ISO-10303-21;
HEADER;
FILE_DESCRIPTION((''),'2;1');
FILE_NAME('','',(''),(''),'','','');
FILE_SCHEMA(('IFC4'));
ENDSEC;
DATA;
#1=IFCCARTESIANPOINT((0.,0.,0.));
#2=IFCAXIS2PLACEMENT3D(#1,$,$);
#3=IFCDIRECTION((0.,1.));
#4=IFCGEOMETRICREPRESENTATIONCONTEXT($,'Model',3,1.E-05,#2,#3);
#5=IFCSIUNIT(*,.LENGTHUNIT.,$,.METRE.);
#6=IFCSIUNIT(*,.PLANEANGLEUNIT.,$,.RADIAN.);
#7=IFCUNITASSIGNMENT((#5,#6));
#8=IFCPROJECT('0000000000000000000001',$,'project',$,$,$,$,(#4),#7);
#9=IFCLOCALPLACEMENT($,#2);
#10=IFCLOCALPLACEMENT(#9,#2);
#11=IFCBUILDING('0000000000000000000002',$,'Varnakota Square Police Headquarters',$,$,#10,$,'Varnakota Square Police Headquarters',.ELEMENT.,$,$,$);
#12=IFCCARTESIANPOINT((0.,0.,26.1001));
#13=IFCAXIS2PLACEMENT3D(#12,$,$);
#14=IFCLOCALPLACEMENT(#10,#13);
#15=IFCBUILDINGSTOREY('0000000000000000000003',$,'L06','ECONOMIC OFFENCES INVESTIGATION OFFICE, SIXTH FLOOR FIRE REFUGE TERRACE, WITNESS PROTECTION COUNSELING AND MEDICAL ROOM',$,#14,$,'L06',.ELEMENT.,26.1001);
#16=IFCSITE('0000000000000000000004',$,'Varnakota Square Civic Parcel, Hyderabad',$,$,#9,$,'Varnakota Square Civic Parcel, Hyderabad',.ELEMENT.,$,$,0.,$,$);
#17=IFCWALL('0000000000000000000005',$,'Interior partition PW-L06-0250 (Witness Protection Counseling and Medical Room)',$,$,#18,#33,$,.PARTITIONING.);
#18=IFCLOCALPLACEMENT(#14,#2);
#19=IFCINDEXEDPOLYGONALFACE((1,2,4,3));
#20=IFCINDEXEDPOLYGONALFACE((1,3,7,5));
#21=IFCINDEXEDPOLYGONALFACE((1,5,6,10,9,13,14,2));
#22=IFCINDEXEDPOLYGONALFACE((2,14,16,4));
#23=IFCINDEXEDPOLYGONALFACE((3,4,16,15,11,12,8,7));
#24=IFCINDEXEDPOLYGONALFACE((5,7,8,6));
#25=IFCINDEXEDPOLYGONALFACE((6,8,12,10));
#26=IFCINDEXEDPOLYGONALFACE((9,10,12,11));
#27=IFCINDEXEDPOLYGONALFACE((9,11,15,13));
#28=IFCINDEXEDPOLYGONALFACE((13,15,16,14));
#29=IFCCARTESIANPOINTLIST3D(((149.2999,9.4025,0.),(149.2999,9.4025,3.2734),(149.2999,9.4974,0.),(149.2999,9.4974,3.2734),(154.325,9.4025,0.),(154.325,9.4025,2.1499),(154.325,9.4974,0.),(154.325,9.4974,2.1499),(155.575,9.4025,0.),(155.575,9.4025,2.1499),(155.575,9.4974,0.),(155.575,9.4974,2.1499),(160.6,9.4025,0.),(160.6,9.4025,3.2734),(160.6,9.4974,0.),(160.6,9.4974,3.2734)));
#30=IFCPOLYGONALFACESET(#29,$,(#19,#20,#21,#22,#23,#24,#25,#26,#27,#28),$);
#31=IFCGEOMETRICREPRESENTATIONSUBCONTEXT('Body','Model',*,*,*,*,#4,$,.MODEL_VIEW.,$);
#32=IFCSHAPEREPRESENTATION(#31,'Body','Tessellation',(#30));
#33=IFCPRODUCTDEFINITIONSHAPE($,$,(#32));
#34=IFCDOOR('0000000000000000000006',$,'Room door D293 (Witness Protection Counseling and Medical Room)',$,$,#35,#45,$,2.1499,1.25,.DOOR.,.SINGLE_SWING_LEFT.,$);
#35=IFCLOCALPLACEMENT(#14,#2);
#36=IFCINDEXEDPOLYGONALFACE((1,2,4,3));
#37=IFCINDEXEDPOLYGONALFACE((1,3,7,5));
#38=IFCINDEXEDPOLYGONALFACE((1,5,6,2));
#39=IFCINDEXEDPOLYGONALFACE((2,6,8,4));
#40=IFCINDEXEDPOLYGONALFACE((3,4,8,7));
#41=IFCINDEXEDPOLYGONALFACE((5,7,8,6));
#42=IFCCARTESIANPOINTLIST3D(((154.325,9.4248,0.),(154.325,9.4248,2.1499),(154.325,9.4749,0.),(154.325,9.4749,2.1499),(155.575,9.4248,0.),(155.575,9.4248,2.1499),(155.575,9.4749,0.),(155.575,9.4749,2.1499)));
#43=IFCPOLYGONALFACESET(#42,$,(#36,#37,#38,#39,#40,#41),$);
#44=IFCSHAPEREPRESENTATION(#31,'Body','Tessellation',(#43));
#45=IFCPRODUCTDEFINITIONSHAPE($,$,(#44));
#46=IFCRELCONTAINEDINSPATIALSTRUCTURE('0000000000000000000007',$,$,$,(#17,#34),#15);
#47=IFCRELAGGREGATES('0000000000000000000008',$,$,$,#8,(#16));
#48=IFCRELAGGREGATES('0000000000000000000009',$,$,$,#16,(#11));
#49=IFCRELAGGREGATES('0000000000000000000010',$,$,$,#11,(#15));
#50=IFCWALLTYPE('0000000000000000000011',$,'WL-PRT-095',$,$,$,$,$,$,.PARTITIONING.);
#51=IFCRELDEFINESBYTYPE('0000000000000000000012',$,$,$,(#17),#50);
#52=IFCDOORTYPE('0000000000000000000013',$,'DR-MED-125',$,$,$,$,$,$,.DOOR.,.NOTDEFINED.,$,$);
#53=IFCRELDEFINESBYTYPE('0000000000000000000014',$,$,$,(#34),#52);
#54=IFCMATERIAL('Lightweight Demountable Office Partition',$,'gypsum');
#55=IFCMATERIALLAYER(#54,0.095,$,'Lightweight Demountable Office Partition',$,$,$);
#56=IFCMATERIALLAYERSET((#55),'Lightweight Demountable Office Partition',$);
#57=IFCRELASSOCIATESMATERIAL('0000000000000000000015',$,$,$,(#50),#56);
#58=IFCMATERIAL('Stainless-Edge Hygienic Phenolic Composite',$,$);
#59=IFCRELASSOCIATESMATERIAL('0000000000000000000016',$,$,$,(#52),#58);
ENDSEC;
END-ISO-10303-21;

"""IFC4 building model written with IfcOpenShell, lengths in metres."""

from ifc_helpers import new_model, si_unit, direction, frame, frame_2d, origin, place, context, subcontext, project, spatial, rectangle, extrude, material, layer, layer_set, type_object, element, fill, save


model = new_model("IFC4")

# Units and contexts
model_context = context("Model", 3, precision=1e-05, world=origin(), true_north=direction((0.0, 1.0)))
body_context = subcontext(model_context, "Body", "Model", "MODEL_VIEW")
ifc_project = project(units=[si_unit("LENGTHUNIT", "METRE"), si_unit("PLANEANGLEUNIT", "RADIAN")], contexts=[model_context])

# Site, building, storey
site_placement = place(None, origin())
site = spatial("IfcSite", under=ifc_project, at=site_placement, Name="Varnakota Square Civic Parcel, Hyderabad", LongName="Varnakota Square Civic Parcel, Hyderabad", CompositionType="ELEMENT", RefElevation=0.0)
building_placement = place(site_placement, origin())
building = spatial("IfcBuilding", under=site, at=building_placement, Name="Varnakota Square Police Headquarters", LongName="Varnakota Square Police Headquarters", CompositionType="ELEMENT")
storey_placement = place(building_placement, frame((0.0, 0.0, 26.1001)))
storey = spatial("IfcBuildingStorey", under=building, at=storey_placement, Name="L06", Description="ECONOMIC OFFENCES INVESTIGATION OFFICE, SIXTH FLOOR FIRE REFUGE TERRACE, WITNESS PROTECTION COUNSELING AND MEDICAL ROOM", LongName="L06", CompositionType="ELEMENT", Elevation=26.1001)

# Wall, opening, door
ifc_material_1 = material(Name="Lightweight Demountable Office Partition", Category="gypsum")
ifc_layer_1 = layer(ifc_material_1, 0.095, Name="Lightweight Demountable Office Partition")
ifc_layer_set_1 = layer_set([ifc_layer_1], Name="Lightweight Demountable Office Partition")
wall_type = type_object("IfcWallType", Name="WL-PRT-095", PredefinedType="PARTITIONING", material=ifc_layer_set_1)
wall_placement = place(storey_placement, frame((149.3, 9.45, 0.0), z_axis=(0.0, 0.0, 1.0), x_axis=(1.0, 0.0, 0.0)))
wall = element("IfcWall", 1, at=wall_placement, inside=storey, type_object=wall_type, Name="Interior partition PW-L06-0250 (Witness Protection Counseling and Medical Room)", PredefinedType="PARTITIONING", context=body_context, shape_type="SweptSolid", body=[
    extrude(rectangle(XDim=11.3, YDim=0.095, at=frame_2d((5.6499, 0.0))), origin(), (0.0, 0.0, 1.0), 3.2734),
])
opening_placement = place(wall_placement, frame((5.0249, 0.0, 0.0)))
opening = element("IfcOpeningElement", 2, at=opening_placement, cuts=wall, PredefinedType="OPENING", context=body_context, shape_type="SweptSolid", body=[
    extrude(rectangle(XDim=1.25, YDim=2.1499, at=frame_2d((0.625, 1.075))), frame((0.0, 0.0574, 0.0), z_axis=(0.0, -1.0, 0.0), x_axis=(1.0, 0.0, 0.0)), (0.0, 0.0, 1.0), 0.115),
])
ifc_material_2 = material(Name="Stainless-Edge Hygienic Phenolic Composite")
door_type = type_object("IfcDoorType", Name="DR-MED-125", OperationType="NOTDEFINED", PredefinedType="DOOR", material=ifc_material_2)
door_placement = place(opening_placement, origin())
door = element("IfcDoor", 3, at=door_placement, inside=storey, type_object=door_type, Name="Room door D293 (Witness Protection Counseling and Medical Room)", OperationType="SINGLE_SWING_LEFT", OverallHeight=2.1499, OverallWidth=1.25, PredefinedType="DOOR", context=body_context, shape_type="SweptSolid", body=[
    extrude(rectangle(XDim=1.25, YDim=2.1499, at=frame_2d((0.625, 1.075))), frame((0.0, 0.0249, 0.0), z_axis=(0.0, -1.0, 0.0), x_axis=(1.0, 0.0, 0.0)), (0.0, 0.0, 1.0), 0.05),
])
fill(opening, door)

save(model, "model.ifc")
